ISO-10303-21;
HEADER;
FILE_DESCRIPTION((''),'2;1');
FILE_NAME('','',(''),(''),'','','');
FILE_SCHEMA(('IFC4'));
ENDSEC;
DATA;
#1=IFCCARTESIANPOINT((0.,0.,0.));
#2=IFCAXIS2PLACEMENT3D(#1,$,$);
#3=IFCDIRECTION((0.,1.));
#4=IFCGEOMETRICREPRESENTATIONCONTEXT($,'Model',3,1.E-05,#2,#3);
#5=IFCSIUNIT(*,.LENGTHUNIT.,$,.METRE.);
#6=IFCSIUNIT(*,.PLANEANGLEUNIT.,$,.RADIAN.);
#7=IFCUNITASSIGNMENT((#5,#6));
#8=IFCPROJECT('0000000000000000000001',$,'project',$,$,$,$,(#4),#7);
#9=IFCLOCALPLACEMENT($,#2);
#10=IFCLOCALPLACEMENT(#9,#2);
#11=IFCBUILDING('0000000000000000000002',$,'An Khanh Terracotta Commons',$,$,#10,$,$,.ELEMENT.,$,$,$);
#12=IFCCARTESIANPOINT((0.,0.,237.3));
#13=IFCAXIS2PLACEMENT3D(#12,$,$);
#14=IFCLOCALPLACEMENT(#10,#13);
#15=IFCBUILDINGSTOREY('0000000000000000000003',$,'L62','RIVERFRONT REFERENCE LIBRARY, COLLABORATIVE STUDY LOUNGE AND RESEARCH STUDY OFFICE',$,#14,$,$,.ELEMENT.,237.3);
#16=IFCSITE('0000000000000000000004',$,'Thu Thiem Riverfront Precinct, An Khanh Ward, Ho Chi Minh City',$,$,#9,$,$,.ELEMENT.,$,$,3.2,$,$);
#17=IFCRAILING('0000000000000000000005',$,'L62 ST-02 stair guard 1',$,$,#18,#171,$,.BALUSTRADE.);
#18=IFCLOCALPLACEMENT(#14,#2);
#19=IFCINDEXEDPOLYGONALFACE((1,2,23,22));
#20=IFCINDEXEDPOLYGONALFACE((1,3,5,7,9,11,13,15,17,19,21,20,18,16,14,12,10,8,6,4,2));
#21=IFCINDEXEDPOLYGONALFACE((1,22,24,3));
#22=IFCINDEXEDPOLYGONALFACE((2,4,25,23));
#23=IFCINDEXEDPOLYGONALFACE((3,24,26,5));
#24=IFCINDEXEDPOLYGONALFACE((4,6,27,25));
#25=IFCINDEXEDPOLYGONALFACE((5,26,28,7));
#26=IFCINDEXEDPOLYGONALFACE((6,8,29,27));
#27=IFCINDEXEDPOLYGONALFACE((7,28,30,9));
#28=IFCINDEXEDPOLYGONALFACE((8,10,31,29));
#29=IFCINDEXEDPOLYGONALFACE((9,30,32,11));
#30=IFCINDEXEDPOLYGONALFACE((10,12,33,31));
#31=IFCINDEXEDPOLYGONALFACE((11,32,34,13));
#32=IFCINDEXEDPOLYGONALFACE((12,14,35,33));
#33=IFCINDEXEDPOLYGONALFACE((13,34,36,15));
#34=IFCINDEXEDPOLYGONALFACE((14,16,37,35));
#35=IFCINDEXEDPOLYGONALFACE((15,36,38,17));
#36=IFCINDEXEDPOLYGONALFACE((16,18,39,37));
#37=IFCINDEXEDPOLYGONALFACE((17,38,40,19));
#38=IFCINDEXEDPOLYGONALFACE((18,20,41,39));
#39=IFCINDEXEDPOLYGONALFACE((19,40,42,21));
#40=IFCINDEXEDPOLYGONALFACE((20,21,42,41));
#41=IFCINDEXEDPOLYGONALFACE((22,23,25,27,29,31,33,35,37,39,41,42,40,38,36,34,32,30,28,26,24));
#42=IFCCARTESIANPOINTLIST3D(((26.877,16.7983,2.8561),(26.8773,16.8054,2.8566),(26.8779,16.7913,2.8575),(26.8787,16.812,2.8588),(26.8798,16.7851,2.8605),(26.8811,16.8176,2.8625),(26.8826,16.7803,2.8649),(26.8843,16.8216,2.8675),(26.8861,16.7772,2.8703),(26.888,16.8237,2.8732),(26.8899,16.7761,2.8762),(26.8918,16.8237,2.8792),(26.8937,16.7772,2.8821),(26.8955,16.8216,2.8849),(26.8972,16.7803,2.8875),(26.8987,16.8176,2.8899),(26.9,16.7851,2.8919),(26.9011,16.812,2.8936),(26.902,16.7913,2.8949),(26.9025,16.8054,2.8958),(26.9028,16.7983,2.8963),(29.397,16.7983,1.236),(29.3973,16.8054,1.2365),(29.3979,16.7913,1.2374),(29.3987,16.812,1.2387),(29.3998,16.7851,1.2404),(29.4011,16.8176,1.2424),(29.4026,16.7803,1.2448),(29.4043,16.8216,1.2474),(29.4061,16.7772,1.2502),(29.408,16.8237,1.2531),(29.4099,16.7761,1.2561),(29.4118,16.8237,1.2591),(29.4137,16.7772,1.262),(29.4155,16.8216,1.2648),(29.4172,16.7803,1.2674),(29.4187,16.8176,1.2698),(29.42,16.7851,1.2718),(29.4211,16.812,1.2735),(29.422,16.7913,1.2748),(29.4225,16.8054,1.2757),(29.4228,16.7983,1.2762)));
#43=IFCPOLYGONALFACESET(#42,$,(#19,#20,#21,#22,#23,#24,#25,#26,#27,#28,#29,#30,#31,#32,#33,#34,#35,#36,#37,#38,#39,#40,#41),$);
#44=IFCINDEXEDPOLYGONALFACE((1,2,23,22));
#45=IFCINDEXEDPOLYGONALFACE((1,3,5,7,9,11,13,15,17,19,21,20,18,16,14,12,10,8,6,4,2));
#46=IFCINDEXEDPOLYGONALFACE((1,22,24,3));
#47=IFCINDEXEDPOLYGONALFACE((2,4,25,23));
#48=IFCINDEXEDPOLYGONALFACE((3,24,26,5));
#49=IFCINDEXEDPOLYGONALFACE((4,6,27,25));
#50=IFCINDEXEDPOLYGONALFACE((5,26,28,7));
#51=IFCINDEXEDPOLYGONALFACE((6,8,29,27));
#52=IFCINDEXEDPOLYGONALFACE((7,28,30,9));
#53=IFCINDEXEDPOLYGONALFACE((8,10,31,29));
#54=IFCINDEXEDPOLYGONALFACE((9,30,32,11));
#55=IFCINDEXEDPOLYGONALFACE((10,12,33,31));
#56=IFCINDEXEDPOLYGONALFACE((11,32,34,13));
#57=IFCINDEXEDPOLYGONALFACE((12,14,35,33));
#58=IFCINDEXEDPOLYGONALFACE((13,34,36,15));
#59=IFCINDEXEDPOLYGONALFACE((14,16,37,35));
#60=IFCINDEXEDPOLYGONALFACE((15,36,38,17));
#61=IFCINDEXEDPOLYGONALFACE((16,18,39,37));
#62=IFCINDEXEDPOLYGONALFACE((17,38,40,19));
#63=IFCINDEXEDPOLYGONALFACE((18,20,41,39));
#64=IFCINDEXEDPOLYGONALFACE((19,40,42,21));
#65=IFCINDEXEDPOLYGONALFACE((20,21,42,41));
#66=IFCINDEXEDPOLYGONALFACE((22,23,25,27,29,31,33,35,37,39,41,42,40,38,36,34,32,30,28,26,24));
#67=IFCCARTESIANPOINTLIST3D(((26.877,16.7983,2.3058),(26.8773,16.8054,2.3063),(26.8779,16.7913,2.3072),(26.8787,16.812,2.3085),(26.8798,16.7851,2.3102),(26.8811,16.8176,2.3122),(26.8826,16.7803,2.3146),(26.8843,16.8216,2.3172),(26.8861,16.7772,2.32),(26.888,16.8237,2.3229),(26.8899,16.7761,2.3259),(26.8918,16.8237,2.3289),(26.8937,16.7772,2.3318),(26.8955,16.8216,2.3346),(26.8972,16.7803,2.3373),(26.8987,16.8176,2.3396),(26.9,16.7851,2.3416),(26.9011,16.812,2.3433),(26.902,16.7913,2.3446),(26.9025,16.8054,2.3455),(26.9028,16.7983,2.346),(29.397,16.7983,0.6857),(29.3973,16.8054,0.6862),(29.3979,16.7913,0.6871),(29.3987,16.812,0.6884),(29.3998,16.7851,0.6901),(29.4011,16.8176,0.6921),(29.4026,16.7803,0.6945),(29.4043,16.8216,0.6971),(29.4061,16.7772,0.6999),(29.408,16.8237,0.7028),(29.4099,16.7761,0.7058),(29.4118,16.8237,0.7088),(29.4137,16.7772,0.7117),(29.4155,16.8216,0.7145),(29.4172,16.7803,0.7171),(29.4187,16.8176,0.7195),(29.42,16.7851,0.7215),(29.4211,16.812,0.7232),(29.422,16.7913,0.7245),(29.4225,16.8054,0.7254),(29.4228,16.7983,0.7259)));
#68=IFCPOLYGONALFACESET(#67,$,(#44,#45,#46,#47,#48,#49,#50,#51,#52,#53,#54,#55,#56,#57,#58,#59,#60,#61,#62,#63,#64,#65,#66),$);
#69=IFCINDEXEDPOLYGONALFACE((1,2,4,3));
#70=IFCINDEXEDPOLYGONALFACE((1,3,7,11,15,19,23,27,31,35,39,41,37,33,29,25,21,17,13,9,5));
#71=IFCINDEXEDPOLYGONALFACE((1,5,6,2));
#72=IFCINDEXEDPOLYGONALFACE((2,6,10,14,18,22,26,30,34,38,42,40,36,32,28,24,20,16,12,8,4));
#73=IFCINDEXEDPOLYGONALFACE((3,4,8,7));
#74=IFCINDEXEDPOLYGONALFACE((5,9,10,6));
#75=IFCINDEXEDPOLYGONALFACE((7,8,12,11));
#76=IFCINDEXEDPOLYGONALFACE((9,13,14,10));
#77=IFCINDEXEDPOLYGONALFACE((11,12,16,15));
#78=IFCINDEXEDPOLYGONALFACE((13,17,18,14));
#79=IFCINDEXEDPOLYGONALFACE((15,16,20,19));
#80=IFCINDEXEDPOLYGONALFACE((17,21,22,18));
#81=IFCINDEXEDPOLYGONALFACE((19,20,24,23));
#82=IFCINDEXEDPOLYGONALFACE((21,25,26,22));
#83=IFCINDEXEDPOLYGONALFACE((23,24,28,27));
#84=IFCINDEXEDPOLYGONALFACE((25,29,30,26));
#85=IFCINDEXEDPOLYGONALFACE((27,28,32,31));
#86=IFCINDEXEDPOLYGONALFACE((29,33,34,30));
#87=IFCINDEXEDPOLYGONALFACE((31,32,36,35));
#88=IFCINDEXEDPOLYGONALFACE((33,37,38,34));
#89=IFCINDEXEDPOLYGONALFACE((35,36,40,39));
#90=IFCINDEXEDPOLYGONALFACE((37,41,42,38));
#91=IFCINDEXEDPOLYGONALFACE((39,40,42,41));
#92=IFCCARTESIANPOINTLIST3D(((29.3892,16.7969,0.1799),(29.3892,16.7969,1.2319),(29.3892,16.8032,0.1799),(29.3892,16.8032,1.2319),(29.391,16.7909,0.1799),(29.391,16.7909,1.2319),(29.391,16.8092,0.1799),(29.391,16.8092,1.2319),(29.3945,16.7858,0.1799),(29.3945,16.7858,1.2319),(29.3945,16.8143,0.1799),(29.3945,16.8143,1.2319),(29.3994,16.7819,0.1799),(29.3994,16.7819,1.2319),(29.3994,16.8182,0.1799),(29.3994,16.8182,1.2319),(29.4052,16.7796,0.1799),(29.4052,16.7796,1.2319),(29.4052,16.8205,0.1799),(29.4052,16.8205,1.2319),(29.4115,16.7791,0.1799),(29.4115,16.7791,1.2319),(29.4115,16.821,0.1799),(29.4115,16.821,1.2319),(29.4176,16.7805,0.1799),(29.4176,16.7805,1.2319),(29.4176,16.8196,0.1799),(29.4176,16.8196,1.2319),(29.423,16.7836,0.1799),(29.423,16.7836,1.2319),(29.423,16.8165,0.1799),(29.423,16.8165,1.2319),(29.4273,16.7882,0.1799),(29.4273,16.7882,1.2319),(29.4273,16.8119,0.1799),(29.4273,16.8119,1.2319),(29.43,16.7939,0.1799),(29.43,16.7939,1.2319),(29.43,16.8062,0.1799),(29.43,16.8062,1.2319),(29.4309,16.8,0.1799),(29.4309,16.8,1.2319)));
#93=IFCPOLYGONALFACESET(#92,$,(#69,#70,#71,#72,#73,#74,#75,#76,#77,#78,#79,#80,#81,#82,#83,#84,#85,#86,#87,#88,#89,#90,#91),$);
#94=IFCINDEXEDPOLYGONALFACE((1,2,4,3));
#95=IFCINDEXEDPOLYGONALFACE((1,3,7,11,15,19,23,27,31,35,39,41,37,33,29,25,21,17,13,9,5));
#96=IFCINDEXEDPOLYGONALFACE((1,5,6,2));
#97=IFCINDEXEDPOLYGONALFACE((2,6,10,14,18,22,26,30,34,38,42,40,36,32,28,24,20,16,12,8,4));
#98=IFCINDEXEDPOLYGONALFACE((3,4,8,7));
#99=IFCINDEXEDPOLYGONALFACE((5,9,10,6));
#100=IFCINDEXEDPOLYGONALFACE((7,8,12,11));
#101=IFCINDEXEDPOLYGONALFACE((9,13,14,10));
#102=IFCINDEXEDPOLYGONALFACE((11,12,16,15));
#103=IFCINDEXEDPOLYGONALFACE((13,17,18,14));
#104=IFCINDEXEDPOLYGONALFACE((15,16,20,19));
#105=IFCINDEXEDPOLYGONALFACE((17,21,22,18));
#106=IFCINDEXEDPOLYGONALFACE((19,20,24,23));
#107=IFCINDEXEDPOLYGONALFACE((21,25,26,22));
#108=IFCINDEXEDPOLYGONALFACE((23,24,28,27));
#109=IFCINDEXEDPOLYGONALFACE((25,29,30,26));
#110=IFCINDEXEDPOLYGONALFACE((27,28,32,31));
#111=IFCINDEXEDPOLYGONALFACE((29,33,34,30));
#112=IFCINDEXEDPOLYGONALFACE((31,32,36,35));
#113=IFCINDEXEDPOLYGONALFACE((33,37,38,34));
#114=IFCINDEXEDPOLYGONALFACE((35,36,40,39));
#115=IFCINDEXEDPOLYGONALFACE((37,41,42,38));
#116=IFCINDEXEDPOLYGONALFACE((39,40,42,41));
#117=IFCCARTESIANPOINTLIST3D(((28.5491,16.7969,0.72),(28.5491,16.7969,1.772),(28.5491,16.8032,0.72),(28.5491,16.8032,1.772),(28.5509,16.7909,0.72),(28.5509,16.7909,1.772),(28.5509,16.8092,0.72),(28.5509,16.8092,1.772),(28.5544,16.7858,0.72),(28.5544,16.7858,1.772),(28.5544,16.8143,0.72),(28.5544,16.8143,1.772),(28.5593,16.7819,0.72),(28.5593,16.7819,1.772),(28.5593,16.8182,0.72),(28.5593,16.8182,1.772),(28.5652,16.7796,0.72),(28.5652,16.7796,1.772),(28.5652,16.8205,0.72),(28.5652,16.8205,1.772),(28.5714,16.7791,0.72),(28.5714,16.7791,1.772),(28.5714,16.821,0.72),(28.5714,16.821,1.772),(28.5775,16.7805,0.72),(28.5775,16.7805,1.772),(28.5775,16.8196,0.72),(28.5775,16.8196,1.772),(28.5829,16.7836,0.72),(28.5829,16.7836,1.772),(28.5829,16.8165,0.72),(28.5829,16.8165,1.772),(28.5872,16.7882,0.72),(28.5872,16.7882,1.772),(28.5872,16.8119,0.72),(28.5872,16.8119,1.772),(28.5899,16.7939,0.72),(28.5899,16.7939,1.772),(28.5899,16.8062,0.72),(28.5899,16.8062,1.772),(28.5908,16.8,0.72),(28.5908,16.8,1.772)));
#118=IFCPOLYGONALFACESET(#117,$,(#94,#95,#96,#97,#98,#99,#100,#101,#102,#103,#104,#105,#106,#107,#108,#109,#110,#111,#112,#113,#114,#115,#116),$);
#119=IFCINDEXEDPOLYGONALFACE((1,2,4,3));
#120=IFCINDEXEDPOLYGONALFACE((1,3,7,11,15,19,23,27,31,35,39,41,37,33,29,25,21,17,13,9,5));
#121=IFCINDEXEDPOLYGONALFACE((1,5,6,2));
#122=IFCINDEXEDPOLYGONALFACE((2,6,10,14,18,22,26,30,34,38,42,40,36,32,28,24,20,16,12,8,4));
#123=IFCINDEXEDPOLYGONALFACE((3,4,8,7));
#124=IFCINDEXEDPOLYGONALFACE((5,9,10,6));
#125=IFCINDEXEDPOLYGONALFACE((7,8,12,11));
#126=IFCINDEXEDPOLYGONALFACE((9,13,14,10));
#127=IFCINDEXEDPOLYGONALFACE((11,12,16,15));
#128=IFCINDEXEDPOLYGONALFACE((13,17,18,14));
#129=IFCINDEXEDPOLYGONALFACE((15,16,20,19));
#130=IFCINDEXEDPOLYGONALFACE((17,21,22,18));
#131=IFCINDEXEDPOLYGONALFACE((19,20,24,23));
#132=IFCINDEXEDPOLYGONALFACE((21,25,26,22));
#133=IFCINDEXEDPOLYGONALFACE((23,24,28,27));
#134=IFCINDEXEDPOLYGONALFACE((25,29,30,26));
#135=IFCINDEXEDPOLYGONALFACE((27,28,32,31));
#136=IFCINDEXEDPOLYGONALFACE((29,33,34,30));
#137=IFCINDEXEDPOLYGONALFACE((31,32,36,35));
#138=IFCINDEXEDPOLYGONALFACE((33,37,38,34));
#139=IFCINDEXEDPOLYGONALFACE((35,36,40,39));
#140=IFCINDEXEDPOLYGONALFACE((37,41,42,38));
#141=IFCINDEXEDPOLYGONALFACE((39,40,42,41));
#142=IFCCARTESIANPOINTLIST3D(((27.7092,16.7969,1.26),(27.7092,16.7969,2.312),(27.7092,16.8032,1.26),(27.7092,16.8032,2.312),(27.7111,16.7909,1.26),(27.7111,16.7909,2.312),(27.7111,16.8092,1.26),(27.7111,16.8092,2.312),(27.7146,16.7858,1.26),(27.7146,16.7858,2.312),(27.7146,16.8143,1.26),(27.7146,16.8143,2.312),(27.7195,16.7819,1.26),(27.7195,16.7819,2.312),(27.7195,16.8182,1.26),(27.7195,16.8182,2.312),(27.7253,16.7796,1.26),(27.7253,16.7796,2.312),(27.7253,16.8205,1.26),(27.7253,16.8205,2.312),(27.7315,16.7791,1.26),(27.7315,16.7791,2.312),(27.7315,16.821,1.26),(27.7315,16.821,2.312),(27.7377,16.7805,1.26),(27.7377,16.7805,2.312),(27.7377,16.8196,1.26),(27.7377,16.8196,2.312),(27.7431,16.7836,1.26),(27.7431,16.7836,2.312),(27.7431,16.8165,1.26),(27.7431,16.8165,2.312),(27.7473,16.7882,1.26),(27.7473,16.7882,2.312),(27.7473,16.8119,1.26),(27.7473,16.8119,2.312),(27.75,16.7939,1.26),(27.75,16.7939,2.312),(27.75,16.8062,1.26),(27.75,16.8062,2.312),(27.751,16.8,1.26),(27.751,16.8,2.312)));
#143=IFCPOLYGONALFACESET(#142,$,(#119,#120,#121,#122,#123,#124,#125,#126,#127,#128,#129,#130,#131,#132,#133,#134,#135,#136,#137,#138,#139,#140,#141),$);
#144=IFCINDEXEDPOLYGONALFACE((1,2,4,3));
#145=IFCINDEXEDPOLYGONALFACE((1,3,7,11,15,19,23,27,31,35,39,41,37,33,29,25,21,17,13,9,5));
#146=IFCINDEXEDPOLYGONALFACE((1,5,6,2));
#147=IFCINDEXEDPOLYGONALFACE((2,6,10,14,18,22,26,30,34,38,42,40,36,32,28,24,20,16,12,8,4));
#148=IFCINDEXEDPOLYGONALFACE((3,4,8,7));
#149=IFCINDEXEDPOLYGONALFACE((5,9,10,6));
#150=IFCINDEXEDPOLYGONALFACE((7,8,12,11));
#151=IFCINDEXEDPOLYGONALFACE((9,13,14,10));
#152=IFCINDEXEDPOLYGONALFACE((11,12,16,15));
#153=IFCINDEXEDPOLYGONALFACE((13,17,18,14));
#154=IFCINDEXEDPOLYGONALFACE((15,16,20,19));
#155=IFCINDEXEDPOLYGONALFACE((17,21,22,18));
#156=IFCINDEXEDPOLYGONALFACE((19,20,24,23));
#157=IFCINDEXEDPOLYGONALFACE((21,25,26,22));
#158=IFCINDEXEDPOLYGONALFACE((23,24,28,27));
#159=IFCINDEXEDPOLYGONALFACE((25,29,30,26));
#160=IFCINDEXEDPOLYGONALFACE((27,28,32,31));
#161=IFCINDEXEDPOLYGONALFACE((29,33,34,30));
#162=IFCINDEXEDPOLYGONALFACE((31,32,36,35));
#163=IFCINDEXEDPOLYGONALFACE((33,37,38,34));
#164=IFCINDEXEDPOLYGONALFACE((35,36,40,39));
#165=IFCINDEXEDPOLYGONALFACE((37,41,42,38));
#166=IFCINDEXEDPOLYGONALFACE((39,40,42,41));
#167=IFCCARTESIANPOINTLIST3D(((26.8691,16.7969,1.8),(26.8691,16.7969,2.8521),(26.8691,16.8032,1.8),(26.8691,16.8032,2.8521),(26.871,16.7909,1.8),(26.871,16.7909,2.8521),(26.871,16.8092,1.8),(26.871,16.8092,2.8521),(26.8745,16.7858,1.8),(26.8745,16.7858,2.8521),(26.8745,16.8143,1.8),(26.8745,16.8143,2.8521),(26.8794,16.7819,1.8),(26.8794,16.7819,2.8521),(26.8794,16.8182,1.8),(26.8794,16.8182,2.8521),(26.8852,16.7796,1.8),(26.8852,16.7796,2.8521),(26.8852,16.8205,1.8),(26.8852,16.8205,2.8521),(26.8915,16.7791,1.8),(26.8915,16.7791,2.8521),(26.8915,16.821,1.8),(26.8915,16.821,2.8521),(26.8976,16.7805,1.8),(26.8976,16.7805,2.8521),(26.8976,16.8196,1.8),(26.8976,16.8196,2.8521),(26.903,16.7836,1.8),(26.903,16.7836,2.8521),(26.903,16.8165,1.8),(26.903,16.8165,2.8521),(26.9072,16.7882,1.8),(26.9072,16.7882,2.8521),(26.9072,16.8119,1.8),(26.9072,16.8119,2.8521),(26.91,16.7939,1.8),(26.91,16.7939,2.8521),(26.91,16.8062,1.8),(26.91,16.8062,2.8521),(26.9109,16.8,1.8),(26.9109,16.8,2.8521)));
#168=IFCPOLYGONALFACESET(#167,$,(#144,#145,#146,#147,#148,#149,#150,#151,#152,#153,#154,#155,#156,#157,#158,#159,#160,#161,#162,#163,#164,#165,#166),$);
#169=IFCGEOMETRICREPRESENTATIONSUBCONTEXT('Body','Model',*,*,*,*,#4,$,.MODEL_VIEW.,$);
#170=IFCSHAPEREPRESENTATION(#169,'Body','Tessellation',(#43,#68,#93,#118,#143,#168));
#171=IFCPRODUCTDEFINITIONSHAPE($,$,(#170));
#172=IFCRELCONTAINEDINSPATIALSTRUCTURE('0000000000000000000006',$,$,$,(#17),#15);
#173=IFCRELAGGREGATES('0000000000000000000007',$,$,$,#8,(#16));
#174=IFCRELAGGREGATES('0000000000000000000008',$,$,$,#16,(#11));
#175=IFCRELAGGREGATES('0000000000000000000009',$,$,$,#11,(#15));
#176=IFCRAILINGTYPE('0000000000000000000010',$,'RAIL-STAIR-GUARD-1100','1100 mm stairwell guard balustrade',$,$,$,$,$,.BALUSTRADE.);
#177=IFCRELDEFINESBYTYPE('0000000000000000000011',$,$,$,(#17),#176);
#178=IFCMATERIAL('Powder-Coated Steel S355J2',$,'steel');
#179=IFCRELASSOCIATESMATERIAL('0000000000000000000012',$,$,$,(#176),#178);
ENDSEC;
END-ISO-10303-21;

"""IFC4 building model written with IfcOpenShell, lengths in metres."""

from ifc_helpers import new_model, si_unit, direction, frame, origin, origin_2d, place, context, subcontext, project, spatial, circle, extrude, material, type_object, element, save


model = new_model("IFC4")

# Units and contexts
model_context = context("Model", 3, precision=1e-05, world=origin(), true_north=direction((0.0, 1.0)))
body_context = subcontext(model_context, "Body", "Model", "MODEL_VIEW")
ifc_project = project(units=[si_unit("LENGTHUNIT", "METRE"), si_unit("PLANEANGLEUNIT", "RADIAN")], contexts=[model_context])

# Site, building, storey
site_placement = place(None, origin())
site = spatial("IfcSite", under=ifc_project, at=site_placement, Name="Thu Thiem Riverfront Precinct, An Khanh Ward, Ho Chi Minh City", CompositionType="ELEMENT", RefElevation=3.2)
building_placement = place(site_placement, origin())
building = spatial("IfcBuilding", under=site, at=building_placement, Name="An Khanh Terracotta Commons", CompositionType="ELEMENT")
storey_placement = place(building_placement, frame((0.0, 0.0, 237.3)))
storey = spatial("IfcBuildingStorey", under=building, at=storey_placement, Name="L62", Description="RIVERFRONT REFERENCE LIBRARY, COLLABORATIVE STUDY LOUNGE AND RESEARCH STUDY OFFICE", CompositionType="ELEMENT", Elevation=237.3)

# Railing
ifc_material_1 = material(Name="Powder-Coated Steel S355J2", Category="steel")
railing_type_1 = type_object("IfcRailingType", Name="RAIL-STAIR-GUARD-1100", Description="1100 mm stairwell guard balustrade", PredefinedType="BALUSTRADE", material=ifc_material_1)
railing_1_placement = place(storey_placement, frame((29.4099, 16.8, 0.1799)))
element("IfcRailing", 1, at=railing_1_placement, inside=storey, type_object=railing_type_1, Name="L62 ST-02 stair guard 1", PredefinedType="BALUSTRADE", context=body_context, shape_type="SweptSolid", body=[
    extrude(circle(Radius=0.0239, at=origin_2d()), frame((0.0, 0.0, 1.0762), z_axis=(-0.841163, 0.0, 0.540782), x_axis=(0.0, -1.0, 0.0)), (0.0, 0.0, 1.0), 2.9958),
    extrude(circle(Radius=0.0239, at=origin_2d()), frame((0.0, 0.0, 0.5259), z_axis=(-0.841163, 0.0, 0.540782), x_axis=(0.0, -1.0, 0.0)), (0.0, 0.0, 1.0), 2.9958),
    extrude(circle(Radius=0.021, at=origin_2d()), origin(), (0.0, 0.0, 1.0), 1.052),
    extrude(circle(Radius=0.021, at=origin_2d()), frame((-0.8401, 0.0, 0.54)), (0.0, 0.0, 1.0), 1.052),
    extrude(circle(Radius=0.021, at=origin_2d()), frame((-1.6799, 0.0, 1.0801)), (0.0, 0.0, 1.0), 1.052),
    extrude(circle(Radius=0.021, at=origin_2d()), frame((-2.52, 0.0, 1.6201)), (0.0, 0.0, 1.0), 1.052),
])

save(model, "model.ifc")
